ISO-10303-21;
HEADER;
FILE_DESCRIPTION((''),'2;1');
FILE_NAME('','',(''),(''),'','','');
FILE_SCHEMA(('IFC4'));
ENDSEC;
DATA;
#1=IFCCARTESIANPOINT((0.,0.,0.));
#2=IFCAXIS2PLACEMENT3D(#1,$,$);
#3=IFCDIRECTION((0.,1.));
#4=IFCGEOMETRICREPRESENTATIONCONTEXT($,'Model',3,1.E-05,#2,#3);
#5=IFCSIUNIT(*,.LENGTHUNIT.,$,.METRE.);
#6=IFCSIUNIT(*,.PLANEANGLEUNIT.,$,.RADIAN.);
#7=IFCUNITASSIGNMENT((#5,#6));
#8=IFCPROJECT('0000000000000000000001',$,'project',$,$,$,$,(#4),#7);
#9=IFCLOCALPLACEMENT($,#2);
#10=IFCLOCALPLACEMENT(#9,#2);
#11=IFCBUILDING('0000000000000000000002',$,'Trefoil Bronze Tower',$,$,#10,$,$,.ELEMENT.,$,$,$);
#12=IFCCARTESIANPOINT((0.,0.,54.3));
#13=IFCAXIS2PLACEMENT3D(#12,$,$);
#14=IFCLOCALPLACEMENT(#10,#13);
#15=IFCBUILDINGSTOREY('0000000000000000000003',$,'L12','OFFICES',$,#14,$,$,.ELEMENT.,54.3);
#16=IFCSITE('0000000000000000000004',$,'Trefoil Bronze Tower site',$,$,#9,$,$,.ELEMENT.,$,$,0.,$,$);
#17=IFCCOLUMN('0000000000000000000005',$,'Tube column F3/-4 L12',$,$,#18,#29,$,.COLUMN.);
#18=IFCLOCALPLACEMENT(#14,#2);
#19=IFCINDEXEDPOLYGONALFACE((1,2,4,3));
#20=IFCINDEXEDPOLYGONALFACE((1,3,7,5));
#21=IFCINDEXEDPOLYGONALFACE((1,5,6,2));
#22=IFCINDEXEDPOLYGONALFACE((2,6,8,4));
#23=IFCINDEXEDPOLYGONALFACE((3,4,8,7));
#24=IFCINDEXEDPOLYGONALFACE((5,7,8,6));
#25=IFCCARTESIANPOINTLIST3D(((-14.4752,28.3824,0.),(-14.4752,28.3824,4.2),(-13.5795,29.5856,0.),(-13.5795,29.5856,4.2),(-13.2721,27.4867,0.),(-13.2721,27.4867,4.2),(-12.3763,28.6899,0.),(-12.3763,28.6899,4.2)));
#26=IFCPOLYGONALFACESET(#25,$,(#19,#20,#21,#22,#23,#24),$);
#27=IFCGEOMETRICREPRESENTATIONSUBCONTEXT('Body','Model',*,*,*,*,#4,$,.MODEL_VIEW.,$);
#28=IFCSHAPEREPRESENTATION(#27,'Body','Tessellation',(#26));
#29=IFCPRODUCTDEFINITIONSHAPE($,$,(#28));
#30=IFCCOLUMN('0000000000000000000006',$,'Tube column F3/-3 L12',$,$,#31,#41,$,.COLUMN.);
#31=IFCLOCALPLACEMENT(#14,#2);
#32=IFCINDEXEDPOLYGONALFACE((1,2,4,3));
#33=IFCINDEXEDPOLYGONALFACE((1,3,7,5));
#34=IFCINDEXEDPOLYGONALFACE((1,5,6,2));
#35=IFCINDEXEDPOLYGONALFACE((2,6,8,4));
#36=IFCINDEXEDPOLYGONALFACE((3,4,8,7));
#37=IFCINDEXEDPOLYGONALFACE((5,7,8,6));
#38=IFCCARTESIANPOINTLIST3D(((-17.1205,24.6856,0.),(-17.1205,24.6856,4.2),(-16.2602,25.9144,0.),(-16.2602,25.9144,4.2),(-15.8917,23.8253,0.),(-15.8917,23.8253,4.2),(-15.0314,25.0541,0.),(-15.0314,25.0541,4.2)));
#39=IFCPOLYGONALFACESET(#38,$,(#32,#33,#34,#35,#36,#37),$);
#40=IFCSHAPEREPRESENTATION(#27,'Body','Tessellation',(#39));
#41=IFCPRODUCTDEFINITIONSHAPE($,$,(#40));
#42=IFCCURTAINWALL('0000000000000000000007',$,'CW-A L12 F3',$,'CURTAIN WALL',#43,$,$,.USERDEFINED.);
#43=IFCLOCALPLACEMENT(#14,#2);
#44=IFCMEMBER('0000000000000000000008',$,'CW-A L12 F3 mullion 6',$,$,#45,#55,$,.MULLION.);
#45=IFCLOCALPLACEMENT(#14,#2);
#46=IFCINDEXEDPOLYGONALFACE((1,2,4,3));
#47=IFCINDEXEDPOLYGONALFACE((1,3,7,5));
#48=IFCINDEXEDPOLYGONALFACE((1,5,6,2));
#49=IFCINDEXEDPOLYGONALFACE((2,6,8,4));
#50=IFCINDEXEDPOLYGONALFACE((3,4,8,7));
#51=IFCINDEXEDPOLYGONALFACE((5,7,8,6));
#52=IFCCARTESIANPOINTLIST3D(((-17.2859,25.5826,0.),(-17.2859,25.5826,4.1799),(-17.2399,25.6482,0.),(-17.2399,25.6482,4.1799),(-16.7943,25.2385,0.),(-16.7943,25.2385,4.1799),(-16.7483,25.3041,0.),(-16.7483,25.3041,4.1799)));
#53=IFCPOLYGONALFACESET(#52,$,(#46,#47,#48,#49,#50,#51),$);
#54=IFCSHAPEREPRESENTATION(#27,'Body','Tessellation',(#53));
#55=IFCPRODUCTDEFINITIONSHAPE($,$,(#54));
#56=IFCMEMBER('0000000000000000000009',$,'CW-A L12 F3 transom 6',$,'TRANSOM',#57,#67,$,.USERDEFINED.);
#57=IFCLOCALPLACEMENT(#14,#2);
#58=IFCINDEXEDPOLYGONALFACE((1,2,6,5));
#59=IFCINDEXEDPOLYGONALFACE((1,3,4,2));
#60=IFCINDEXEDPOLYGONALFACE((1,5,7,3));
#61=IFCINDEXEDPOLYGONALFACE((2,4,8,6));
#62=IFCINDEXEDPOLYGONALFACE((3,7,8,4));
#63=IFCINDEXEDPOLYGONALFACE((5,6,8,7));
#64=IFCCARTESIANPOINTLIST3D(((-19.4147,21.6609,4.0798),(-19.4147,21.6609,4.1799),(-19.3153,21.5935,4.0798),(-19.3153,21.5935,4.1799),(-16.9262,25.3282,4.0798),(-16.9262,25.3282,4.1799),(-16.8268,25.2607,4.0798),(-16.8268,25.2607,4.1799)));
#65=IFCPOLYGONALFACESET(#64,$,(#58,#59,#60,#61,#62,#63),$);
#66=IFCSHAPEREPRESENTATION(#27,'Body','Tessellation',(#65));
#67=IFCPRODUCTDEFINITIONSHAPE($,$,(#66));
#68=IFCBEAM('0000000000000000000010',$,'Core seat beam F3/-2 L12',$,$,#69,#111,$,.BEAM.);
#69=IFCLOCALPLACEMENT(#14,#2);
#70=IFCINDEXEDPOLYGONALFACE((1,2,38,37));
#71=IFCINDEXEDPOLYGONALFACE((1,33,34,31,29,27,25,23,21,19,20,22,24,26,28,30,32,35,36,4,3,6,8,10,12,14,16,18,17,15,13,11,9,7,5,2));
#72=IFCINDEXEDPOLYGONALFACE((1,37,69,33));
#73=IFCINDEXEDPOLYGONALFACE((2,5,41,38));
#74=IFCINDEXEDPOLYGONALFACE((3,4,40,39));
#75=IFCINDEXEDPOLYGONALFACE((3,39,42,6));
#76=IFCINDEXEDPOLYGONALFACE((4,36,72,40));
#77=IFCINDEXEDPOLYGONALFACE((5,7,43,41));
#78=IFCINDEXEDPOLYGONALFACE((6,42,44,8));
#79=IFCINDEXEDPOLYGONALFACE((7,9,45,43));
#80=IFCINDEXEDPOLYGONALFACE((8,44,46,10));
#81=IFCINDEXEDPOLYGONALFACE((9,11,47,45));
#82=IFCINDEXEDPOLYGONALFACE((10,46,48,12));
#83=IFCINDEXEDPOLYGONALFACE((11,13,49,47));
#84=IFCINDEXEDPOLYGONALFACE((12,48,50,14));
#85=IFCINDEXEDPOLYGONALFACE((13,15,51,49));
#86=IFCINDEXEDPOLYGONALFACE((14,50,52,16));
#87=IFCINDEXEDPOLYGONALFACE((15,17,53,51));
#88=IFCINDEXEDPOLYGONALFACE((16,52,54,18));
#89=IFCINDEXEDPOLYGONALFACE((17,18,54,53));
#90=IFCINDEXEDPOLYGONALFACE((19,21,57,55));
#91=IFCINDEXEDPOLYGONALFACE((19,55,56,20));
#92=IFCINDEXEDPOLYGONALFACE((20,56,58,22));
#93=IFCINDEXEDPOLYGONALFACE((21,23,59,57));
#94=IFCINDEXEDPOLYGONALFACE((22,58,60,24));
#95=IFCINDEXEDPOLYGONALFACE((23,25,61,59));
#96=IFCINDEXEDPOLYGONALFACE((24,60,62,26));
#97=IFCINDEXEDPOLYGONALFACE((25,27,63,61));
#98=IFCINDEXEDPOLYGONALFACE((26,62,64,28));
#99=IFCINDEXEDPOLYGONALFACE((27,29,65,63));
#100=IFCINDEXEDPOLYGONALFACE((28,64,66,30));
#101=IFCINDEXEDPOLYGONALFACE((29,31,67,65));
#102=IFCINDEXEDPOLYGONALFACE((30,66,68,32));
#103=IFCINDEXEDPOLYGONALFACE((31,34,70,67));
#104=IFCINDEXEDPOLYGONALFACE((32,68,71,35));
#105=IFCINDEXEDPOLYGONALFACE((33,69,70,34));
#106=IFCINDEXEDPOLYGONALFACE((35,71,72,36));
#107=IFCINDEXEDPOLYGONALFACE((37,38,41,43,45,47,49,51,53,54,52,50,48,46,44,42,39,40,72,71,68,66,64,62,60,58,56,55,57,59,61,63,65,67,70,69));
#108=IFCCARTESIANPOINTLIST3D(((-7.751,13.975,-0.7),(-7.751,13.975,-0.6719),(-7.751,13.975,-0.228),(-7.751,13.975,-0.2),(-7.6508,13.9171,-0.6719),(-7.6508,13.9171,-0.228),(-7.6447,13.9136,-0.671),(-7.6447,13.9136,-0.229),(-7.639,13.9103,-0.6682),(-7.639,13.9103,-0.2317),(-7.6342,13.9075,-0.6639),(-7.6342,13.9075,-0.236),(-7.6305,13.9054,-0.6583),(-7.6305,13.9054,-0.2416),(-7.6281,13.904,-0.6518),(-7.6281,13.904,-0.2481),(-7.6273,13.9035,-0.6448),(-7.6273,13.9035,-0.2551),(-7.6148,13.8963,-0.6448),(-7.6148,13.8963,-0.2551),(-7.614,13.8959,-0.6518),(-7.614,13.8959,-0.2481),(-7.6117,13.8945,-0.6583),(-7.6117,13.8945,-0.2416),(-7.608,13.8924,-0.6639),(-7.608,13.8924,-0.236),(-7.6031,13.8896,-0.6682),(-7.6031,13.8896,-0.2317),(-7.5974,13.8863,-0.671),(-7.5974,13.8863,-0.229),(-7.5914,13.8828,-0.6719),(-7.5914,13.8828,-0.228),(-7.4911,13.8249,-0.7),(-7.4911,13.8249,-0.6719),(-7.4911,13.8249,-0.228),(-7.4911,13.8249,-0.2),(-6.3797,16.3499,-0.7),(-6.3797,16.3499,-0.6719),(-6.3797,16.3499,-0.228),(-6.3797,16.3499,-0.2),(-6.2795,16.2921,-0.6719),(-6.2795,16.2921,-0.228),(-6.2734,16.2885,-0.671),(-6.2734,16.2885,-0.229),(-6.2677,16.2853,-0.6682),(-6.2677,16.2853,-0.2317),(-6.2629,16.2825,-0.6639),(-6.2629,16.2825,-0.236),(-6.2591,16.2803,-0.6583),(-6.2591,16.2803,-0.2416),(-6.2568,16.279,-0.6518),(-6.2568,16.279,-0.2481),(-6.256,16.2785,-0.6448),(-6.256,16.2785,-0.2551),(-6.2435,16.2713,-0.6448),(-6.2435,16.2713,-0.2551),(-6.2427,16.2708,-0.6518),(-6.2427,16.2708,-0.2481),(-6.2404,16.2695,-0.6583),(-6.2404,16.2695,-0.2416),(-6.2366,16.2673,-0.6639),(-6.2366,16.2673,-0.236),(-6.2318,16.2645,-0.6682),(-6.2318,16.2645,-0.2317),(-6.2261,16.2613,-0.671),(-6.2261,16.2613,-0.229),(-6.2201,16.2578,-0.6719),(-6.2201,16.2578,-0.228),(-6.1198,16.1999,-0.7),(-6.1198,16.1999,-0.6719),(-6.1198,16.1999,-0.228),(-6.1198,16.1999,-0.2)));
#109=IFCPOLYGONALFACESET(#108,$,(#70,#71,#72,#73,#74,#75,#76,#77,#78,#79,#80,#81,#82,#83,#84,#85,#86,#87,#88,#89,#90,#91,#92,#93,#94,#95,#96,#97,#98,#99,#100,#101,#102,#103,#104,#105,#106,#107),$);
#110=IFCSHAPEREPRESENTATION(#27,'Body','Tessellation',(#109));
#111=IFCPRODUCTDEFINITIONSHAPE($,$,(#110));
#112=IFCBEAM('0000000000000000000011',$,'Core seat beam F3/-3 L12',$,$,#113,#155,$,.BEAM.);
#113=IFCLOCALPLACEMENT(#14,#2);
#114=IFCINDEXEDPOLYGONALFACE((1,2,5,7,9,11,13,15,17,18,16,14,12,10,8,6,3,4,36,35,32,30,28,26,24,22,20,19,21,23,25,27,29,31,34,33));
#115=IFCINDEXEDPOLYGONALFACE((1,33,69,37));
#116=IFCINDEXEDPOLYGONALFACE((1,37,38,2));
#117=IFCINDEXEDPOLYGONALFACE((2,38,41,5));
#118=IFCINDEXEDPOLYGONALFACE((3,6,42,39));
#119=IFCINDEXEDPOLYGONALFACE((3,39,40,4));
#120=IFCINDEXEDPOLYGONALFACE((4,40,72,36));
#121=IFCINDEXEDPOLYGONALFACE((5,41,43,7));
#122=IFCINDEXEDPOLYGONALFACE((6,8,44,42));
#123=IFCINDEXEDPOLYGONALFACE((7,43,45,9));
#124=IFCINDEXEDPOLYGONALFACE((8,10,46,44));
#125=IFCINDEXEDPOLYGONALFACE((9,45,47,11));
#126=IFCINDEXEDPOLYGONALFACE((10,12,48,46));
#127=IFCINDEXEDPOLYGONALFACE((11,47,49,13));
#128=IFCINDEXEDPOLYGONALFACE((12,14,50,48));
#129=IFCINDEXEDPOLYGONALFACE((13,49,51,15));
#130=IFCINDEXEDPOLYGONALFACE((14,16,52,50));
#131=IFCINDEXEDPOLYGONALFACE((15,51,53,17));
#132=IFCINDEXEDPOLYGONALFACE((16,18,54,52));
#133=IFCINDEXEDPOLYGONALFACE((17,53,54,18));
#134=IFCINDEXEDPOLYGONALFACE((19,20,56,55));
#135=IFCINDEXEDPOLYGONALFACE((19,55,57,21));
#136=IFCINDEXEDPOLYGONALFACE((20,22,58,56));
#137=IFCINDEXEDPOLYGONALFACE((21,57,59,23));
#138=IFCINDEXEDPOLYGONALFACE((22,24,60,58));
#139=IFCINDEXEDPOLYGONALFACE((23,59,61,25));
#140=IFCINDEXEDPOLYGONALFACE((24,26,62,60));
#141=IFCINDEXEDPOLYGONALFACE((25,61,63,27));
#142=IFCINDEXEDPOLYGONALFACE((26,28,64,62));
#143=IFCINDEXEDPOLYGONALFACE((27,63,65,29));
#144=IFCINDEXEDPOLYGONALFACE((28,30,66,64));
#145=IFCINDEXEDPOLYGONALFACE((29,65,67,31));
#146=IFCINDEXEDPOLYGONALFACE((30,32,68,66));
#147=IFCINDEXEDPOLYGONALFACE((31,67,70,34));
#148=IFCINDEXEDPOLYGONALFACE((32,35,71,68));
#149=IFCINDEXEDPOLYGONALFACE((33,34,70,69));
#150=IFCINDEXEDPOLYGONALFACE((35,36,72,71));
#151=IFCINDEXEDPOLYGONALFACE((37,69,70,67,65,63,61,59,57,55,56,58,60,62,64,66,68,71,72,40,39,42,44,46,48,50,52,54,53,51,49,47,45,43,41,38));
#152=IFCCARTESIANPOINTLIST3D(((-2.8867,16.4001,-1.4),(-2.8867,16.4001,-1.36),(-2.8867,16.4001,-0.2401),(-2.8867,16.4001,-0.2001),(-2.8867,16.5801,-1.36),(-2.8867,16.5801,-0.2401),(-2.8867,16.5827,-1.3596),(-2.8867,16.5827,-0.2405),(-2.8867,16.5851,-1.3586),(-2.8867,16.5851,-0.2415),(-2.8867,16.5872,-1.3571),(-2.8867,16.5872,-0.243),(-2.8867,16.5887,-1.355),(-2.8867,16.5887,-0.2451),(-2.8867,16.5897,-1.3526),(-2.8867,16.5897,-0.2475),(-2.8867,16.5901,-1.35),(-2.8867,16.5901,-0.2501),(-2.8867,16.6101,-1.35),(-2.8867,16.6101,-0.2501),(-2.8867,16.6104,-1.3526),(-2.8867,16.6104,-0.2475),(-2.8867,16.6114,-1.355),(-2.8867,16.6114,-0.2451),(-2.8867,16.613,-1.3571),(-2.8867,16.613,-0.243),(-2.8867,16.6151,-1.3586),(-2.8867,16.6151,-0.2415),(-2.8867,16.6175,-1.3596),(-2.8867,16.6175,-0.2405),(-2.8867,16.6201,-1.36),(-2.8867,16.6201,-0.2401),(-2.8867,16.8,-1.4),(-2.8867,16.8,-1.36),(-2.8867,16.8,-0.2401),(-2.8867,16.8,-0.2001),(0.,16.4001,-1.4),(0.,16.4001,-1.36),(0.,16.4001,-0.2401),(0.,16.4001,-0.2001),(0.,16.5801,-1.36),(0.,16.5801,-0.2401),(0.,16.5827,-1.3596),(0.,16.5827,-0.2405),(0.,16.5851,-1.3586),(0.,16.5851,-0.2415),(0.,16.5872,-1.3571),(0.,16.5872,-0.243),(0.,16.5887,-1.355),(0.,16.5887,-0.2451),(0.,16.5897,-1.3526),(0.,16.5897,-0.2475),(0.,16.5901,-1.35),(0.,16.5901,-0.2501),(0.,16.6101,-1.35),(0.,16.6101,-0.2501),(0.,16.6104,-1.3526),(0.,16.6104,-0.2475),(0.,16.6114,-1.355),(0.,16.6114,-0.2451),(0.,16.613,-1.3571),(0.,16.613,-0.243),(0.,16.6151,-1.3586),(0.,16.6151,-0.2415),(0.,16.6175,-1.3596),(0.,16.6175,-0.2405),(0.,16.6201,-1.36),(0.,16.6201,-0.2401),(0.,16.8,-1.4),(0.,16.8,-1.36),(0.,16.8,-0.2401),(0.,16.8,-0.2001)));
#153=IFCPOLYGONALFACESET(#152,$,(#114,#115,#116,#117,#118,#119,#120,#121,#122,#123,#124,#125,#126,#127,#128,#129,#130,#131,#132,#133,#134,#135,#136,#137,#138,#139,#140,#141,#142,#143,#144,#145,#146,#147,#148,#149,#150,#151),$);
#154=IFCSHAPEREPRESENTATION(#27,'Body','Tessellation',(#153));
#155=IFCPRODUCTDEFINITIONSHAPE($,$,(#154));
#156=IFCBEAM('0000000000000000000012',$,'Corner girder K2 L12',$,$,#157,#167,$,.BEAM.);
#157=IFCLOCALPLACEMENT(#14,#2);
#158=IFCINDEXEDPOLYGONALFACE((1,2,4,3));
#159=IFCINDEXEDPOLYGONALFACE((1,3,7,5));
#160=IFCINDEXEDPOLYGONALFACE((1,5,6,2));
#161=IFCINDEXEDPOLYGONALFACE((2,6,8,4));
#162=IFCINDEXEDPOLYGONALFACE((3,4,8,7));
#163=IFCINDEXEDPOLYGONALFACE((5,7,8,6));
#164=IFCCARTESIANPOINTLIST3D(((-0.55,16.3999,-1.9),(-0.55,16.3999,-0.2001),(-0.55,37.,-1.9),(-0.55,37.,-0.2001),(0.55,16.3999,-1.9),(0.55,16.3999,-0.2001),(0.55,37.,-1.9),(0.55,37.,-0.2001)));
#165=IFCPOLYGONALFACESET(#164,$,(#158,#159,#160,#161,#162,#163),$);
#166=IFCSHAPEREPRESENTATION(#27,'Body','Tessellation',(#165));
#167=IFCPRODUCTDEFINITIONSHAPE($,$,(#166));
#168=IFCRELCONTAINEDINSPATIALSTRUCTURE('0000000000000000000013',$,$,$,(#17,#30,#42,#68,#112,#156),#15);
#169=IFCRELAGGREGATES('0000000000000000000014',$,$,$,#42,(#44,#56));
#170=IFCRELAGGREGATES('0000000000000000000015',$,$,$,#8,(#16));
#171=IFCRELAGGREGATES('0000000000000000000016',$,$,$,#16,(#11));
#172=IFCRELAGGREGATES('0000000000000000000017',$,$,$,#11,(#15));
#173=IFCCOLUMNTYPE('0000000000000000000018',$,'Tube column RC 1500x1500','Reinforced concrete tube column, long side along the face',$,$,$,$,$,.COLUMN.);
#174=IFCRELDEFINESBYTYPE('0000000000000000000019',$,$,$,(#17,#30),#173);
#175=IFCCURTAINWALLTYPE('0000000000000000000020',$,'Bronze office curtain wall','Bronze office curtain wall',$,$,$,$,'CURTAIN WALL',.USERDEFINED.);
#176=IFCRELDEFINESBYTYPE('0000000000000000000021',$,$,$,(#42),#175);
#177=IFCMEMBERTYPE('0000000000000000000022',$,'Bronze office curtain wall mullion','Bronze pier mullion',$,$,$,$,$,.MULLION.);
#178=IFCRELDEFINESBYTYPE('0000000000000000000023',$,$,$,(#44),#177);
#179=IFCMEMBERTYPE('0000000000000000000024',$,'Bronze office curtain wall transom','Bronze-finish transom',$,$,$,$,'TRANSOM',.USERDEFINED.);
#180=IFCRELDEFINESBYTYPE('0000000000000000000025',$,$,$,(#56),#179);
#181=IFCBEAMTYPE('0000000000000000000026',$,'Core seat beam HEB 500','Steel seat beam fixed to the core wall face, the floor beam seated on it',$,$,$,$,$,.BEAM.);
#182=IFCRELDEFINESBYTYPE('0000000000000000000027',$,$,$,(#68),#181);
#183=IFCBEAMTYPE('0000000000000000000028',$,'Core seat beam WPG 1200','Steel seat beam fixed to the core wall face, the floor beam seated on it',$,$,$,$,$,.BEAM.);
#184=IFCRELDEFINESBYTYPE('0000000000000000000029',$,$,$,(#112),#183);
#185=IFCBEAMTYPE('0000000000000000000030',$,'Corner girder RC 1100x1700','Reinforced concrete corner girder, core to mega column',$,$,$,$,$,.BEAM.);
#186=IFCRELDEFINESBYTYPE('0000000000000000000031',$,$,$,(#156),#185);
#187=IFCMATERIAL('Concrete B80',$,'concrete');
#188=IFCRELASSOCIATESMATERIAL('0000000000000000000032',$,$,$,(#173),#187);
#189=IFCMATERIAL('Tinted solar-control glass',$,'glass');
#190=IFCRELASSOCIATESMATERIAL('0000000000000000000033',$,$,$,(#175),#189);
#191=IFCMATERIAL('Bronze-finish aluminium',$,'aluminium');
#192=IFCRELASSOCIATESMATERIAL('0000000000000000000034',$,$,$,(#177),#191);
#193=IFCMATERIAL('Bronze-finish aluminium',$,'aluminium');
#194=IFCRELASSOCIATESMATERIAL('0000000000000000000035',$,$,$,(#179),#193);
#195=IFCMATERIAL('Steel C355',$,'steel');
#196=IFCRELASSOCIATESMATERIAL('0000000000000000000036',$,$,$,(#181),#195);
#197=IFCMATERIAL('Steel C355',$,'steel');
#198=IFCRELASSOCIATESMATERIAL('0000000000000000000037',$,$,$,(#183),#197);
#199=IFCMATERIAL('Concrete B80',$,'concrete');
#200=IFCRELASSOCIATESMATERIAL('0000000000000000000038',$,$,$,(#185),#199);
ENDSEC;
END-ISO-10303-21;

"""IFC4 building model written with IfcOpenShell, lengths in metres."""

from ifc_helpers import new_model, si_unit, direction, frame, origin, origin_2d, place, context, subcontext, project, spatial, rectangle, i_section, extrude, material, material_profile, profile_set, type_object, element, aggregate, save


model = new_model("IFC4")

# Units and contexts
model_context = context("Model", 3, precision=1e-05, world=origin(), true_north=direction((0.0, 1.0)))
body_context = subcontext(model_context, "Body", "Model", "MODEL_VIEW")
ifc_project = project(units=[si_unit("LENGTHUNIT", "METRE"), si_unit("PLANEANGLEUNIT", "RADIAN")], contexts=[model_context])

# Site, building, storey
site_placement = place(None, origin())
site = spatial("IfcSite", under=ifc_project, at=site_placement, Name="Trefoil Bronze Tower site", CompositionType="ELEMENT", RefElevation=0.0)
building_placement = place(site_placement, origin())
building = spatial("IfcBuilding", under=site, at=building_placement, Name="Trefoil Bronze Tower", CompositionType="ELEMENT")
storey_placement = place(building_placement, frame((0.0, 0.0, 54.3)))
storey = spatial("IfcBuildingStorey", under=building, at=storey_placement, Name="L12", Description="OFFICES", CompositionType="ELEMENT", Elevation=54.3)

# Columns
ifc_material_1 = material(Name="Concrete B80", Category="concrete")
ifc_material_profile_1 = material_profile(ifc_material_1, rectangle(XDim=1.5, YDim=1.5, at=origin_2d()), Name="RC 1500x1500")
ifc_profile_set_1 = profile_set([ifc_material_profile_1], Name="Concrete B80")
column_type = type_object("IfcColumnType", Name="Tube column RC 1500x1500", Description="Reinforced concrete tube column, long side along the face", PredefinedType="COLUMN", material=ifc_profile_set_1)
for number, where, z_axis, x_axis, name in (
    (1, (-13.4258, 28.5361, 0.0), (0.0, 0.0, 1.0), (-0.597154, -0.802127, 0.0), "Tube column F3/-4 L12"),
    (2, (-16.0759, 24.8699, 0.0), (0.0, 0.0, 1.0), (-0.573502, -0.819204, 0.0), "Tube column F3/-3 L12"),
):
    element("IfcColumn", number, at=place(storey_placement, frame(where, z_axis=z_axis, x_axis=x_axis)), inside=storey, type_object=column_type, Name=name, PredefinedType="COLUMN", context=body_context, shape_type="SweptSolid", body=[
        extrude(rectangle(XDim=1.5, YDim=1.5, at=origin_2d()), origin(), (0.0, 0.0, 1.0), 4.2),
    ])

# Curtain wall, members
ifc_material_2 = material(Name="Tinted solar-control glass", Category="glass")
curtain_wall_type = type_object("IfcCurtainWallType", Name="Bronze office curtain wall", Description="Bronze office curtain wall", ElementType="CURTAIN WALL", PredefinedType="USERDEFINED", material=ifc_material_2)
curtain_wall_placement = place(storey_placement, origin())
curtain_wall = element("IfcCurtainWall", 3, at=curtain_wall_placement, inside=storey, type_object=curtain_wall_type, Name="CW-A L12 F3", ObjectType="CURTAIN WALL", PredefinedType="USERDEFINED")
ifc_material_3 = material(Name="Bronze-finish aluminium", Category="aluminium")
ifc_material_profile_2 = material_profile(ifc_material_3, rectangle(XDim=0.6001, YDim=0.0801, at=origin_2d()), Name="CW-A mullion")
ifc_profile_set_2 = profile_set([ifc_material_profile_2], Name="Bronze-finish aluminium")
member_type_1 = type_object("IfcMemberType", Name="Bronze office curtain wall mullion", Description="Bronze pier mullion", PredefinedType="MULLION", material=ifc_profile_set_2)
member_1_placement = place(storey_placement, frame((-17.0171, 25.4434, 0.0), z_axis=(0.0, 0.0, 1.0), x_axis=(0.819204, -0.573502, 0.0)))
member_1 = element("IfcMember", 4, at=member_1_placement, type_object=member_type_1, Name="CW-A L12 F3 mullion 6", PredefinedType="MULLION", context=body_context, shape_type="SweptSolid", body=[
    extrude(rectangle(XDim=0.6001, YDim=0.0801, at=origin_2d()), origin(), (0.0, 0.0, 1.0), 4.1799),
])
ifc_material_4 = material(Name="Bronze-finish aluminium", Category="aluminium")
ifc_material_profile_3 = material_profile(ifc_material_4, rectangle(XDim=0.1201, YDim=0.1001, at=origin_2d()), Name="CW-A transom")
ifc_profile_set_3 = profile_set([ifc_material_profile_3], Name="Bronze-finish aluminium")
member_type_2 = type_object("IfcMemberType", Name="Bronze office curtain wall transom", Description="Bronze-finish transom", ElementType="TRANSOM", PredefinedType="USERDEFINED", material=ifc_profile_set_3)
member_2_placement = place(storey_placement, frame((-16.8765, 25.2944, 4.1299), z_axis=(-0.561508, -0.827471, 0.0), x_axis=(0.827471, -0.561508, 0.0)))
member_2 = element("IfcMember", 5, at=member_2_placement, type_object=member_type_2, Name="CW-A L12 F3 transom 6", ObjectType="TRANSOM", PredefinedType="USERDEFINED", context=body_context, shape_type="SweptSolid", body=[
    extrude(rectangle(XDim=0.1201, YDim=0.1001, at=origin_2d()), origin(), (0.0, 0.0, 1.0), 4.4319),
])

# Beams
ifc_material_5 = material(Name="Steel C355", Category="steel")
ifc_material_profile_4 = material_profile(ifc_material_5, i_section(OverallWidth=0.3, OverallDepth=0.5, WebThickness=0.0144, FlangeThickness=0.0281, FilletRadius=0.0271, at=origin_2d()), Name="HEB 500")
ifc_profile_set_4 = profile_set([ifc_material_profile_4], Name="Steel C355")
beam_type_1 = type_object("IfcBeamType", Name="Core seat beam HEB 500", Description="Steel seat beam fixed to the core wall face, the floor beam seated on it", PredefinedType="BEAM", material=ifc_profile_set_4)
beam_1_placement = place(storey_placement, frame((-6.2498, 16.2749, -0.45), z_axis=(-0.500036, -0.866005, 0.0), x_axis=(0.866005, -0.500036, 0.0)))
element("IfcBeam", 6, at=beam_1_placement, inside=storey, type_object=beam_type_1, Name="Core seat beam F3/-2 L12", PredefinedType="BEAM", context=body_context, shape_type="SweptSolid", body=[
    extrude(i_section(OverallWidth=0.3, OverallDepth=0.5, WebThickness=0.0144, FlangeThickness=0.0281, FilletRadius=0.0271, at=origin_2d()), origin(), (0.0, 0.0, 1.0), 2.7424),
])
ifc_material_6 = material(Name="Steel C355", Category="steel")
ifc_material_profile_5 = material_profile(ifc_material_6, i_section(OverallWidth=0.3999, OverallDepth=1.2, WebThickness=0.02, FlangeThickness=0.04, FilletRadius=0.01, at=origin_2d()), Name="WPG 1200")
ifc_profile_set_5 = profile_set([ifc_material_profile_5], Name="Steel C355")
beam_type_2 = type_object("IfcBeamType", Name="Core seat beam WPG 1200", Description="Steel seat beam fixed to the core wall face, the floor beam seated on it", PredefinedType="BEAM", material=ifc_profile_set_5)
beam_2_placement = place(storey_placement, frame((0.0, 16.6001, -0.8), z_axis=(-1.0, 0.0, 0.0), x_axis=(0.0, -1.0, 0.0)))
element("IfcBeam", 7, at=beam_2_placement, inside=storey, type_object=beam_type_2, Name="Core seat beam F3/-3 L12", PredefinedType="BEAM", context=body_context, shape_type="SweptSolid", body=[
    extrude(i_section(OverallWidth=0.3999, OverallDepth=1.2, WebThickness=0.02, FlangeThickness=0.04, FilletRadius=0.01, at=origin_2d()), origin(), (0.0, 0.0, 1.0), 2.8867),
])
ifc_material_7 = material(Name="Concrete B80", Category="concrete")
ifc_material_profile_6 = material_profile(ifc_material_7, rectangle(XDim=1.1001, YDim=1.7, at=origin_2d()), Name="RC 1100x1700")
ifc_profile_set_6 = profile_set([ifc_material_profile_6], Name="Concrete B80")
beam_type_3 = type_object("IfcBeamType", Name="Corner girder RC 1100x1700", Description="Reinforced concrete corner girder, core to mega column", PredefinedType="BEAM", material=ifc_profile_set_6)
beam_3_placement = place(storey_placement, frame((0.0, 16.3999, -1.05), z_axis=(0.0, 1.0, 0.0), x_axis=(-1.0, 0.0, 0.0)))
element("IfcBeam", 8, at=beam_3_placement, inside=storey, type_object=beam_type_3, Name="Corner girder K2 L12", PredefinedType="BEAM", context=body_context, shape_type="SweptSolid", body=[
    extrude(rectangle(XDim=1.1001, YDim=1.7, at=origin_2d()), origin(), (0.0, 0.0, 1.0), 20.6001),
])

aggregate(curtain_wall, [member_1, member_2])

save(model, "model.ifc")
